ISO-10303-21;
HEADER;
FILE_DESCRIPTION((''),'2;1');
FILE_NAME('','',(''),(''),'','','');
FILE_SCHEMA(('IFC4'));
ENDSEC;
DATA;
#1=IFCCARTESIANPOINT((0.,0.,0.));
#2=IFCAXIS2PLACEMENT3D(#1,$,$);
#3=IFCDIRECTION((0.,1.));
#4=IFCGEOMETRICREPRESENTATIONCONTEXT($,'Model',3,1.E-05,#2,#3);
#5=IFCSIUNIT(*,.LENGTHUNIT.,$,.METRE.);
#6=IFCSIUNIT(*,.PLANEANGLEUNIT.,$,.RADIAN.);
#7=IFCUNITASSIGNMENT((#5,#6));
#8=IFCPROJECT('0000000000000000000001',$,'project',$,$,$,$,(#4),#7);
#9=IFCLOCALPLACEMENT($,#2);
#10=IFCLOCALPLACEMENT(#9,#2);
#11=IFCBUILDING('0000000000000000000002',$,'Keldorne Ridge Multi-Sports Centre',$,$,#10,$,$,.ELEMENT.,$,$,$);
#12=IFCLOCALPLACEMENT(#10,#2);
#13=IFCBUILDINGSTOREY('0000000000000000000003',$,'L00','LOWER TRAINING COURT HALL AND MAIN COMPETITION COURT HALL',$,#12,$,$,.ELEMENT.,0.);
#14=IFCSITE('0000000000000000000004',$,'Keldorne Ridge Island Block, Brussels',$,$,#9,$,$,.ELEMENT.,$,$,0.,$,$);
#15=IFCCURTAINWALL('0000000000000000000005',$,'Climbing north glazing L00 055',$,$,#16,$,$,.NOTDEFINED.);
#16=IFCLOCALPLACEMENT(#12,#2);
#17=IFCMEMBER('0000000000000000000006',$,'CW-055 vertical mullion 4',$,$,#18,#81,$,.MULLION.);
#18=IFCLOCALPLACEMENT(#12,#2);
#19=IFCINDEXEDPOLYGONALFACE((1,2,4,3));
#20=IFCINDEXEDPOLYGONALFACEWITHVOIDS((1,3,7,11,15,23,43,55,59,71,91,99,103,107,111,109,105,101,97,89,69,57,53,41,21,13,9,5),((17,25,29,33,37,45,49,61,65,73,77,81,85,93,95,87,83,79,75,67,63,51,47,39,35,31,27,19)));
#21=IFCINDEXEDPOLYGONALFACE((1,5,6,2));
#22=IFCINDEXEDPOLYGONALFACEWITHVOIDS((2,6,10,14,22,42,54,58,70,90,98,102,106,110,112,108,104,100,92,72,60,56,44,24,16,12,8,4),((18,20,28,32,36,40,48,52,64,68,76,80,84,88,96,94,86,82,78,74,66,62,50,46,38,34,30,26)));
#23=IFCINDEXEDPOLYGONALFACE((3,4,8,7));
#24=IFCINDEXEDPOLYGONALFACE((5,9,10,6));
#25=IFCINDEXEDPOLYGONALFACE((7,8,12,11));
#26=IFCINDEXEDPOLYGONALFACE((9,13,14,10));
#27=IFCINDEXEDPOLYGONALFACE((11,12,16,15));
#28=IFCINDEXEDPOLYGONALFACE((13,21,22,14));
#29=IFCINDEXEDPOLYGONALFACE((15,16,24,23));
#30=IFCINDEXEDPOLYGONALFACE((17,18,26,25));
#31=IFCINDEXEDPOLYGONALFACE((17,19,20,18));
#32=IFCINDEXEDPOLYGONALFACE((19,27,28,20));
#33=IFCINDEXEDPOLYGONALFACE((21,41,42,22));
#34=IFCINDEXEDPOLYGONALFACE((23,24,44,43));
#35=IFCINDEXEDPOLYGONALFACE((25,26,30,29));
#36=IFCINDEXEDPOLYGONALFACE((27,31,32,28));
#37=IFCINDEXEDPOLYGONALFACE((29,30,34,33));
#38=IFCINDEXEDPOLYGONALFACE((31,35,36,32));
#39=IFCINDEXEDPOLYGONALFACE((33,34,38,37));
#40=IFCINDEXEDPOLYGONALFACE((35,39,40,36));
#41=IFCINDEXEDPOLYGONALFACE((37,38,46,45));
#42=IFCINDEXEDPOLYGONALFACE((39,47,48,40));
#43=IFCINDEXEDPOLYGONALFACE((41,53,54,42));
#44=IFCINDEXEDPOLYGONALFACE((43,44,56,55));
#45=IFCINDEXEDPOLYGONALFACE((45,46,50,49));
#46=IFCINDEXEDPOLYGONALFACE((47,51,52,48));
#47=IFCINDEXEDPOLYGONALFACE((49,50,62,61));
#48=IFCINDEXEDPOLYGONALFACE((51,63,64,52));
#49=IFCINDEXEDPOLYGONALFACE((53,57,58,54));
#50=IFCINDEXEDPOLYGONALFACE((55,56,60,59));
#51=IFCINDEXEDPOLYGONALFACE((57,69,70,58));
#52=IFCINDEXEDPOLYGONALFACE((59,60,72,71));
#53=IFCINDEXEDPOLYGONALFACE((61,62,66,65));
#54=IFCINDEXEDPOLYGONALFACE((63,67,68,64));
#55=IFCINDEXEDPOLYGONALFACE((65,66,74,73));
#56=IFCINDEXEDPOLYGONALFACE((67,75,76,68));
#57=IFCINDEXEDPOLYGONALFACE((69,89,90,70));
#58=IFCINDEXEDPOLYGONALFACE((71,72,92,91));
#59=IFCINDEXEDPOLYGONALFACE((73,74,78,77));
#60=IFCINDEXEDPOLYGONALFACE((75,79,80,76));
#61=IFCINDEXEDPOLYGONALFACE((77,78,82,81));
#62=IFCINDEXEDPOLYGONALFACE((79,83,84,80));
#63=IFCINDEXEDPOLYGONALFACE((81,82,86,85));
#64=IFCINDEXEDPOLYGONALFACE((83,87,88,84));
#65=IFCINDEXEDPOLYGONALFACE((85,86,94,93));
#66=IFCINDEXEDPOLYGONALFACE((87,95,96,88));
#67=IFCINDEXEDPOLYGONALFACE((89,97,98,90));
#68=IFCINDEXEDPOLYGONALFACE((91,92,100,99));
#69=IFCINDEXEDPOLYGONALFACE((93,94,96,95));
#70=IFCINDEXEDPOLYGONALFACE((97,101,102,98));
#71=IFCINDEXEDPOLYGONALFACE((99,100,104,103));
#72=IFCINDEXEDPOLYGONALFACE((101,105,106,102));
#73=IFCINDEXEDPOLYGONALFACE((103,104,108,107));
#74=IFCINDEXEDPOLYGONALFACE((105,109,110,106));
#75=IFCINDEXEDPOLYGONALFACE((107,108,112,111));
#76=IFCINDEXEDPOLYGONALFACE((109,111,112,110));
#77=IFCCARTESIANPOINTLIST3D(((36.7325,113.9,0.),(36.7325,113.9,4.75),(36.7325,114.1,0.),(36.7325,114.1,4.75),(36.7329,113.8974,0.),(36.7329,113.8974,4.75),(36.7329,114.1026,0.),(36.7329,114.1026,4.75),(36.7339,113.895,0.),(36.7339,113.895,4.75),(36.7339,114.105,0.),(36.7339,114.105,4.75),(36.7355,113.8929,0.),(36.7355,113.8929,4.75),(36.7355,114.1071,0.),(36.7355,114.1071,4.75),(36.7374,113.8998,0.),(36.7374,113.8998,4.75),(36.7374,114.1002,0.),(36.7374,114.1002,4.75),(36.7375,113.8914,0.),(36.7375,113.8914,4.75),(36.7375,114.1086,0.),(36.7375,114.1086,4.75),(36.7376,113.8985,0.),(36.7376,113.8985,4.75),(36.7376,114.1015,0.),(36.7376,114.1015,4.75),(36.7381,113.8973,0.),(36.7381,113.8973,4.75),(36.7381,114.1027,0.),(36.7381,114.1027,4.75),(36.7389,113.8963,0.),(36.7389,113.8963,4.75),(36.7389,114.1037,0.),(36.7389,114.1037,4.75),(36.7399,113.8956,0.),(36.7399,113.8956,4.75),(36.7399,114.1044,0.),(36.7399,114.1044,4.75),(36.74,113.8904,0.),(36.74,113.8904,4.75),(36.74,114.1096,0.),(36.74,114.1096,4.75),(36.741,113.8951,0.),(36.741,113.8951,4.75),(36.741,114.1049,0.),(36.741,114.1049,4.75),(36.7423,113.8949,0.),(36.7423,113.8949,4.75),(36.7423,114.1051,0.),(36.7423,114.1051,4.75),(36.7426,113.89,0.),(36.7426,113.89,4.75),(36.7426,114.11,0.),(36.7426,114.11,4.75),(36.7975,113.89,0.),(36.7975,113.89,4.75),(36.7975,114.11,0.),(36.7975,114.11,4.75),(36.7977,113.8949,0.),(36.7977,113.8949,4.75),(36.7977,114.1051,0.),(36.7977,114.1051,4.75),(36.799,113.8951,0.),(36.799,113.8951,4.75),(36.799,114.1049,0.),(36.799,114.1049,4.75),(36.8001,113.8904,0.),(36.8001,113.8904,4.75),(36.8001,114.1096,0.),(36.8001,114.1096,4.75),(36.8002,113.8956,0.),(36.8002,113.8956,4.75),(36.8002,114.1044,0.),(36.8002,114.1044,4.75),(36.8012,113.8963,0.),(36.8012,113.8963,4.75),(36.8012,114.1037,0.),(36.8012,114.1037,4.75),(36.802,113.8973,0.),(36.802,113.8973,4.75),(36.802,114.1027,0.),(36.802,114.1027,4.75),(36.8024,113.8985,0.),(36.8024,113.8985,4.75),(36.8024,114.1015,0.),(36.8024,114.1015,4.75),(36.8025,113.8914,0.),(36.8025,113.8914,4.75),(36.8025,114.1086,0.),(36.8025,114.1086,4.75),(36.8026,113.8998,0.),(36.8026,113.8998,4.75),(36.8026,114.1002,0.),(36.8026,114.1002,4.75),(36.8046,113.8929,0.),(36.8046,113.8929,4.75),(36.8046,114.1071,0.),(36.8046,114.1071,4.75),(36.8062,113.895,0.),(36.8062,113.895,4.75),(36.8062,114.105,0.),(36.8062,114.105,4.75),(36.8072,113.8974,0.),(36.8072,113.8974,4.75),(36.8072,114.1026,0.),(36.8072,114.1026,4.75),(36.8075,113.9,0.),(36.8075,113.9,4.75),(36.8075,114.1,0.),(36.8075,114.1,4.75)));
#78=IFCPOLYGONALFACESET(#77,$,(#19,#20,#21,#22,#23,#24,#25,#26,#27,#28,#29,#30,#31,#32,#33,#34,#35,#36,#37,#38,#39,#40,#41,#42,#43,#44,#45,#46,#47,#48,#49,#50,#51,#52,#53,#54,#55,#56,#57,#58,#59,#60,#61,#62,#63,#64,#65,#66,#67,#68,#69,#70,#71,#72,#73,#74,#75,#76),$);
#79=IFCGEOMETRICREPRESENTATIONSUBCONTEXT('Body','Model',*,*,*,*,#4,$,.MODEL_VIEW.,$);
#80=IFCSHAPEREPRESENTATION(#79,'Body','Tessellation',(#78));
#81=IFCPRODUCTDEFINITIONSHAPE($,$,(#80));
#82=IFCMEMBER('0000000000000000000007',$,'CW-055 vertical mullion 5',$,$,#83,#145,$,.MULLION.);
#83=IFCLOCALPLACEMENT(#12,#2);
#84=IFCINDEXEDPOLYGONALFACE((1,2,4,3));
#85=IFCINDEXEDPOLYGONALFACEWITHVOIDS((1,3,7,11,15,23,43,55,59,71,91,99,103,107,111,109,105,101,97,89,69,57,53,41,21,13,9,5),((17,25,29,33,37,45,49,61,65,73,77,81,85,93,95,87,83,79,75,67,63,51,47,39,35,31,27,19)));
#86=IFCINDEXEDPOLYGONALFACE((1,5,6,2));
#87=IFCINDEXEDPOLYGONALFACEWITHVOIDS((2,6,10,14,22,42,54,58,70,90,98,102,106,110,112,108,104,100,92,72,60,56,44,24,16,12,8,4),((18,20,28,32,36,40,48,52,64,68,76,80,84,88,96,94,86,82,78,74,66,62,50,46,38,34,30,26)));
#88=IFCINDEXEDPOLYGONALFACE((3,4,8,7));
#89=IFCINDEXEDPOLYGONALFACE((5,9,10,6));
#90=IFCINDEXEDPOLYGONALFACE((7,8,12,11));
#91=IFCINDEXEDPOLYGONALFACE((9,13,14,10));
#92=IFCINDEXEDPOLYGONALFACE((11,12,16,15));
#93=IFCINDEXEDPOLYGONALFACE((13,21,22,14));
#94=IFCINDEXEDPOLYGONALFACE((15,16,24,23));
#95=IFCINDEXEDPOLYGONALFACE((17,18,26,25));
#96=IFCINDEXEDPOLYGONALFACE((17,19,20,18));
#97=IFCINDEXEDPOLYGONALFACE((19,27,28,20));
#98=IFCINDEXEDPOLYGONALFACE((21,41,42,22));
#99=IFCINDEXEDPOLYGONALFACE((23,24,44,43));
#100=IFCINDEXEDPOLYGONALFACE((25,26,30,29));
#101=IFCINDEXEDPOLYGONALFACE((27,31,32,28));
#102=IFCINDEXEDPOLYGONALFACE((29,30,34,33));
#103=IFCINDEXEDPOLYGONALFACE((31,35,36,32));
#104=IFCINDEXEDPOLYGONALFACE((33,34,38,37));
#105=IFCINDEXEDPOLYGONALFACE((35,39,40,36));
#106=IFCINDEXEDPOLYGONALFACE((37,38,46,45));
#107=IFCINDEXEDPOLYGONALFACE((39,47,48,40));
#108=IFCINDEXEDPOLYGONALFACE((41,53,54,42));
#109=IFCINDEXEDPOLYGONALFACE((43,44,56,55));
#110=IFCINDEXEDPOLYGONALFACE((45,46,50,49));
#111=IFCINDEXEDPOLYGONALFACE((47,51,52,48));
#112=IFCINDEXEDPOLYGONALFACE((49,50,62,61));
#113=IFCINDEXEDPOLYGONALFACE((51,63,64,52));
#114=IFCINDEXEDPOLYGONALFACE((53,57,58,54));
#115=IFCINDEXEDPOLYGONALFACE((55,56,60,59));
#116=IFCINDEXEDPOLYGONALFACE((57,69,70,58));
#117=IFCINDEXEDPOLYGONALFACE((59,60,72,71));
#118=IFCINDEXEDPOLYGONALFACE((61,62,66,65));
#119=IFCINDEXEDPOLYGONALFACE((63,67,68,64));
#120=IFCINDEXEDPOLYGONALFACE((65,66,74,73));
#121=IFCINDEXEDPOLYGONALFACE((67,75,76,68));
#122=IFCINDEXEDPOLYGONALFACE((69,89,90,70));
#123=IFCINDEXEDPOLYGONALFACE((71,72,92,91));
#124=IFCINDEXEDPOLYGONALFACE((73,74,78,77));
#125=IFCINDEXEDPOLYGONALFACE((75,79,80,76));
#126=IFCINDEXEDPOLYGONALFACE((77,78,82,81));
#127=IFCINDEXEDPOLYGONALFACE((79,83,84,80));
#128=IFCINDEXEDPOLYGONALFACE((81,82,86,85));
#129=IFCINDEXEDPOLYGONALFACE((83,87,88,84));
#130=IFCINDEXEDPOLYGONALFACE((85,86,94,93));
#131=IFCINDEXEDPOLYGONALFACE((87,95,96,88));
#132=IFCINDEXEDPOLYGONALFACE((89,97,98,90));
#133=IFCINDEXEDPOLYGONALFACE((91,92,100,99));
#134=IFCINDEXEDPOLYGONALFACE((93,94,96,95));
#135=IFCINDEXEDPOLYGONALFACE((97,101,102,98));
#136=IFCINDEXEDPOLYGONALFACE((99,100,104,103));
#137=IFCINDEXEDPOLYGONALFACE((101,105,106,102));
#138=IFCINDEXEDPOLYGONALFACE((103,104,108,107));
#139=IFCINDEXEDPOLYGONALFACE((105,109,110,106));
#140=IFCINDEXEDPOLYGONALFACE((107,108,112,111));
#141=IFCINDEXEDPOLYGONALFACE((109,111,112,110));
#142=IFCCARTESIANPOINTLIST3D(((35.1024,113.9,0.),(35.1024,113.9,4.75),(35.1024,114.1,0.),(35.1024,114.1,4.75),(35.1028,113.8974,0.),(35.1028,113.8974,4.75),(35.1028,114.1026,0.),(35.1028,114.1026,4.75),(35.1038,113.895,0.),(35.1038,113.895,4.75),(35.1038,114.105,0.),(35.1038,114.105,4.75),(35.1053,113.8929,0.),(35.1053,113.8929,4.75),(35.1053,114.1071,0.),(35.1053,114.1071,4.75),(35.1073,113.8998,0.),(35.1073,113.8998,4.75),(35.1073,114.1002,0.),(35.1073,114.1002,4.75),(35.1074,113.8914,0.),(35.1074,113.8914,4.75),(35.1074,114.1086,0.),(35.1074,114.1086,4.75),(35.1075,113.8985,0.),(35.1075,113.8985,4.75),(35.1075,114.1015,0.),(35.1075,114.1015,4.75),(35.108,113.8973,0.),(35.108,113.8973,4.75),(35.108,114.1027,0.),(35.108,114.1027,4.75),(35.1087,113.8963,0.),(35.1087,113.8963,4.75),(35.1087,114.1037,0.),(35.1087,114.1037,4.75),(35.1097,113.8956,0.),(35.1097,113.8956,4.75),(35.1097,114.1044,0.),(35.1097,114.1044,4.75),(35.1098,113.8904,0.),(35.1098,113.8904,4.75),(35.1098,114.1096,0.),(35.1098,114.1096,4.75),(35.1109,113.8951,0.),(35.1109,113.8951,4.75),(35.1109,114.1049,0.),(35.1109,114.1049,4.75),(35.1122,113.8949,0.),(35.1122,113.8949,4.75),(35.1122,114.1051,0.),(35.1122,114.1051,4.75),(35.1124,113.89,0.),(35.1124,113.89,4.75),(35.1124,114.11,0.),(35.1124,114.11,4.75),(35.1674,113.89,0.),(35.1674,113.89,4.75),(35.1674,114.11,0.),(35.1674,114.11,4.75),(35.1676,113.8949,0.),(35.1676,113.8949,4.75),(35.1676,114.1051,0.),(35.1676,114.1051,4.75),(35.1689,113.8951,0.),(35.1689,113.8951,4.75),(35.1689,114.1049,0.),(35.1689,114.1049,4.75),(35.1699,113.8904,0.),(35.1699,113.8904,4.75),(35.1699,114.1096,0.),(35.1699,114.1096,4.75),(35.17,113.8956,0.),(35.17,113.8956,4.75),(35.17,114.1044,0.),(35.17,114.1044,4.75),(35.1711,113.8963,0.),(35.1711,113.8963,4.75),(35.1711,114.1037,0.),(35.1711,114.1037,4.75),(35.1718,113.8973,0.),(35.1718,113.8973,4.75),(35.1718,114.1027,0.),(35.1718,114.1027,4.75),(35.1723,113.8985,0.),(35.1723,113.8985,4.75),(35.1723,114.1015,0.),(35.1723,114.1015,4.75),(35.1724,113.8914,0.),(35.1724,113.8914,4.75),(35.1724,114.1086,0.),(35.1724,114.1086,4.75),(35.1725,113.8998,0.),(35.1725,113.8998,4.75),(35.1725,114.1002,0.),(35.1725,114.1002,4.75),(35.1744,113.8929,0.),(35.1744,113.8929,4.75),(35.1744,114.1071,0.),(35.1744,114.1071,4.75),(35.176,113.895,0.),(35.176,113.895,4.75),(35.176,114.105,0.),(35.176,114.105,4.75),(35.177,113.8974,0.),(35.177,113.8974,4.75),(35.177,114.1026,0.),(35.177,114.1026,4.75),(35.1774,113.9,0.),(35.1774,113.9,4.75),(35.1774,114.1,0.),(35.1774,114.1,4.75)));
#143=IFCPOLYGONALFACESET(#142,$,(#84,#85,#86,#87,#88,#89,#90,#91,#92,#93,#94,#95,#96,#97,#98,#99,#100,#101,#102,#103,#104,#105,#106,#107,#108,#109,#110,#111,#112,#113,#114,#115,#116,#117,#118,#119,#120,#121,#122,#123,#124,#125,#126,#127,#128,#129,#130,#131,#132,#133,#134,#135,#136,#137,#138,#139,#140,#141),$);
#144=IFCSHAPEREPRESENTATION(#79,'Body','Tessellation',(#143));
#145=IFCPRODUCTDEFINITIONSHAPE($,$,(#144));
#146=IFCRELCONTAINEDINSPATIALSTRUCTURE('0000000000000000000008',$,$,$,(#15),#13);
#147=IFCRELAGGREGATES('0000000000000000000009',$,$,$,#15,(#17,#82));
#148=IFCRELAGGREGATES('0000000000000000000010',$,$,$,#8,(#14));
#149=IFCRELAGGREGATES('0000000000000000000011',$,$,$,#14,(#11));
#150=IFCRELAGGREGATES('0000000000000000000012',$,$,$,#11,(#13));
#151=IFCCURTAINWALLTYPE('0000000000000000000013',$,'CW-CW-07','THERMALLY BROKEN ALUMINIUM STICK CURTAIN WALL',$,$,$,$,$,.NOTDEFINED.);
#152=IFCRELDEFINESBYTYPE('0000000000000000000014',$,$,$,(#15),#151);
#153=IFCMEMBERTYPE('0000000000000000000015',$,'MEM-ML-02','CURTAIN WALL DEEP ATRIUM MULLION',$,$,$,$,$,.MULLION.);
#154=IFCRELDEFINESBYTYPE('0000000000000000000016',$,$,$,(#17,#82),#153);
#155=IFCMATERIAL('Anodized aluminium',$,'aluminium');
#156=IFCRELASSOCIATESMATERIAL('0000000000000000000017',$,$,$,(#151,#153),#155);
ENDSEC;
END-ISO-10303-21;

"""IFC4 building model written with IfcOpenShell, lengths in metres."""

from ifc_helpers import new_model, si_unit, direction, frame, origin, origin_2d, place, context, subcontext, project, spatial, hollow_rectangle, extrude, material, material_profile, profile_set, type_object, element, aggregate, save


model = new_model("IFC4")

# Units and contexts
model_context = context("Model", 3, precision=1e-05, world=origin(), true_north=direction((0.0, 1.0)))
body_context = subcontext(model_context, "Body", "Model", "MODEL_VIEW")
ifc_project = project(units=[si_unit("LENGTHUNIT", "METRE"), si_unit("PLANEANGLEUNIT", "RADIAN")], contexts=[model_context])

# Site, building, storey
site_placement = place(None, origin())
site = spatial("IfcSite", under=ifc_project, at=site_placement, Name="Keldorne Ridge Island Block, Brussels", CompositionType="ELEMENT", RefElevation=0.0)
building_placement = place(site_placement, origin())
building = spatial("IfcBuilding", under=site, at=building_placement, Name="Keldorne Ridge Multi-Sports Centre", CompositionType="ELEMENT")
storey_placement = place(building_placement, origin())
storey = spatial("IfcBuildingStorey", under=building, at=storey_placement, Name="L00", Description="LOWER TRAINING COURT HALL AND MAIN COMPETITION COURT HALL", CompositionType="ELEMENT", Elevation=0.0)

# Curtain wall, members
ifc_material_1 = material(Name="Anodized aluminium", Category="aluminium")
curtain_wall_type = type_object("IfcCurtainWallType", Name="CW-CW-07", Description="THERMALLY BROKEN ALUMINIUM STICK CURTAIN WALL", PredefinedType="NOTDEFINED", material=ifc_material_1)
curtain_wall_placement = place(storey_placement, origin())
curtain_wall = element("IfcCurtainWall", 1, at=curtain_wall_placement, inside=storey, type_object=curtain_wall_type, Name="Climbing north glazing L00 055", PredefinedType="NOTDEFINED")
ifc_material_profile_1 = material_profile(ifc_material_1, hollow_rectangle(XDim=0.075, YDim=0.22, WallThickness=0.0049, InnerFilletRadius=0.0049, OuterFilletRadius=0.01, at=origin_2d()), Name="ALU MULLION 220x75x5")
ifc_profile_set_1 = profile_set([ifc_material_profile_1], Name="Anodized aluminium")
member_type_1 = type_object("IfcMemberType", Name="MEM-ML-02", Description="CURTAIN WALL DEEP ATRIUM MULLION", PredefinedType="MULLION", material=ifc_profile_set_1)
member_1_placement = place(storey_placement, frame((36.77, 114.0, 0.0), z_axis=(0.0, 0.0, 1.0), x_axis=(1.0, 0.0, 0.0)))
member_1 = element("IfcMember", 2, at=member_1_placement, type_object=member_type_1, Name="CW-055 vertical mullion 4", PredefinedType="MULLION", context=body_context, shape_type="SweptSolid", body=[
    extrude(hollow_rectangle(XDim=0.075, YDim=0.22, WallThickness=0.0049, InnerFilletRadius=0.0049, OuterFilletRadius=0.01, at=origin_2d()), origin(), (0.0, 0.0, 1.0), 4.75),
])
member_2_placement = place(storey_placement, frame((35.1399, 114.0, 0.0), z_axis=(0.0, 0.0, 1.0), x_axis=(1.0, 0.0, 0.0)))
member_2 = element("IfcMember", 3, at=member_2_placement, type_object=member_type_1, Name="CW-055 vertical mullion 5", PredefinedType="MULLION", context=body_context, shape_type="SweptSolid", body=[
    extrude(hollow_rectangle(XDim=0.075, YDim=0.22, WallThickness=0.0049, InnerFilletRadius=0.0049, OuterFilletRadius=0.01, at=origin_2d()), origin(), (0.0, 0.0, 1.0), 4.75),
])
aggregate(curtain_wall, [member_1, member_2])

save(model, "model.ifc")
